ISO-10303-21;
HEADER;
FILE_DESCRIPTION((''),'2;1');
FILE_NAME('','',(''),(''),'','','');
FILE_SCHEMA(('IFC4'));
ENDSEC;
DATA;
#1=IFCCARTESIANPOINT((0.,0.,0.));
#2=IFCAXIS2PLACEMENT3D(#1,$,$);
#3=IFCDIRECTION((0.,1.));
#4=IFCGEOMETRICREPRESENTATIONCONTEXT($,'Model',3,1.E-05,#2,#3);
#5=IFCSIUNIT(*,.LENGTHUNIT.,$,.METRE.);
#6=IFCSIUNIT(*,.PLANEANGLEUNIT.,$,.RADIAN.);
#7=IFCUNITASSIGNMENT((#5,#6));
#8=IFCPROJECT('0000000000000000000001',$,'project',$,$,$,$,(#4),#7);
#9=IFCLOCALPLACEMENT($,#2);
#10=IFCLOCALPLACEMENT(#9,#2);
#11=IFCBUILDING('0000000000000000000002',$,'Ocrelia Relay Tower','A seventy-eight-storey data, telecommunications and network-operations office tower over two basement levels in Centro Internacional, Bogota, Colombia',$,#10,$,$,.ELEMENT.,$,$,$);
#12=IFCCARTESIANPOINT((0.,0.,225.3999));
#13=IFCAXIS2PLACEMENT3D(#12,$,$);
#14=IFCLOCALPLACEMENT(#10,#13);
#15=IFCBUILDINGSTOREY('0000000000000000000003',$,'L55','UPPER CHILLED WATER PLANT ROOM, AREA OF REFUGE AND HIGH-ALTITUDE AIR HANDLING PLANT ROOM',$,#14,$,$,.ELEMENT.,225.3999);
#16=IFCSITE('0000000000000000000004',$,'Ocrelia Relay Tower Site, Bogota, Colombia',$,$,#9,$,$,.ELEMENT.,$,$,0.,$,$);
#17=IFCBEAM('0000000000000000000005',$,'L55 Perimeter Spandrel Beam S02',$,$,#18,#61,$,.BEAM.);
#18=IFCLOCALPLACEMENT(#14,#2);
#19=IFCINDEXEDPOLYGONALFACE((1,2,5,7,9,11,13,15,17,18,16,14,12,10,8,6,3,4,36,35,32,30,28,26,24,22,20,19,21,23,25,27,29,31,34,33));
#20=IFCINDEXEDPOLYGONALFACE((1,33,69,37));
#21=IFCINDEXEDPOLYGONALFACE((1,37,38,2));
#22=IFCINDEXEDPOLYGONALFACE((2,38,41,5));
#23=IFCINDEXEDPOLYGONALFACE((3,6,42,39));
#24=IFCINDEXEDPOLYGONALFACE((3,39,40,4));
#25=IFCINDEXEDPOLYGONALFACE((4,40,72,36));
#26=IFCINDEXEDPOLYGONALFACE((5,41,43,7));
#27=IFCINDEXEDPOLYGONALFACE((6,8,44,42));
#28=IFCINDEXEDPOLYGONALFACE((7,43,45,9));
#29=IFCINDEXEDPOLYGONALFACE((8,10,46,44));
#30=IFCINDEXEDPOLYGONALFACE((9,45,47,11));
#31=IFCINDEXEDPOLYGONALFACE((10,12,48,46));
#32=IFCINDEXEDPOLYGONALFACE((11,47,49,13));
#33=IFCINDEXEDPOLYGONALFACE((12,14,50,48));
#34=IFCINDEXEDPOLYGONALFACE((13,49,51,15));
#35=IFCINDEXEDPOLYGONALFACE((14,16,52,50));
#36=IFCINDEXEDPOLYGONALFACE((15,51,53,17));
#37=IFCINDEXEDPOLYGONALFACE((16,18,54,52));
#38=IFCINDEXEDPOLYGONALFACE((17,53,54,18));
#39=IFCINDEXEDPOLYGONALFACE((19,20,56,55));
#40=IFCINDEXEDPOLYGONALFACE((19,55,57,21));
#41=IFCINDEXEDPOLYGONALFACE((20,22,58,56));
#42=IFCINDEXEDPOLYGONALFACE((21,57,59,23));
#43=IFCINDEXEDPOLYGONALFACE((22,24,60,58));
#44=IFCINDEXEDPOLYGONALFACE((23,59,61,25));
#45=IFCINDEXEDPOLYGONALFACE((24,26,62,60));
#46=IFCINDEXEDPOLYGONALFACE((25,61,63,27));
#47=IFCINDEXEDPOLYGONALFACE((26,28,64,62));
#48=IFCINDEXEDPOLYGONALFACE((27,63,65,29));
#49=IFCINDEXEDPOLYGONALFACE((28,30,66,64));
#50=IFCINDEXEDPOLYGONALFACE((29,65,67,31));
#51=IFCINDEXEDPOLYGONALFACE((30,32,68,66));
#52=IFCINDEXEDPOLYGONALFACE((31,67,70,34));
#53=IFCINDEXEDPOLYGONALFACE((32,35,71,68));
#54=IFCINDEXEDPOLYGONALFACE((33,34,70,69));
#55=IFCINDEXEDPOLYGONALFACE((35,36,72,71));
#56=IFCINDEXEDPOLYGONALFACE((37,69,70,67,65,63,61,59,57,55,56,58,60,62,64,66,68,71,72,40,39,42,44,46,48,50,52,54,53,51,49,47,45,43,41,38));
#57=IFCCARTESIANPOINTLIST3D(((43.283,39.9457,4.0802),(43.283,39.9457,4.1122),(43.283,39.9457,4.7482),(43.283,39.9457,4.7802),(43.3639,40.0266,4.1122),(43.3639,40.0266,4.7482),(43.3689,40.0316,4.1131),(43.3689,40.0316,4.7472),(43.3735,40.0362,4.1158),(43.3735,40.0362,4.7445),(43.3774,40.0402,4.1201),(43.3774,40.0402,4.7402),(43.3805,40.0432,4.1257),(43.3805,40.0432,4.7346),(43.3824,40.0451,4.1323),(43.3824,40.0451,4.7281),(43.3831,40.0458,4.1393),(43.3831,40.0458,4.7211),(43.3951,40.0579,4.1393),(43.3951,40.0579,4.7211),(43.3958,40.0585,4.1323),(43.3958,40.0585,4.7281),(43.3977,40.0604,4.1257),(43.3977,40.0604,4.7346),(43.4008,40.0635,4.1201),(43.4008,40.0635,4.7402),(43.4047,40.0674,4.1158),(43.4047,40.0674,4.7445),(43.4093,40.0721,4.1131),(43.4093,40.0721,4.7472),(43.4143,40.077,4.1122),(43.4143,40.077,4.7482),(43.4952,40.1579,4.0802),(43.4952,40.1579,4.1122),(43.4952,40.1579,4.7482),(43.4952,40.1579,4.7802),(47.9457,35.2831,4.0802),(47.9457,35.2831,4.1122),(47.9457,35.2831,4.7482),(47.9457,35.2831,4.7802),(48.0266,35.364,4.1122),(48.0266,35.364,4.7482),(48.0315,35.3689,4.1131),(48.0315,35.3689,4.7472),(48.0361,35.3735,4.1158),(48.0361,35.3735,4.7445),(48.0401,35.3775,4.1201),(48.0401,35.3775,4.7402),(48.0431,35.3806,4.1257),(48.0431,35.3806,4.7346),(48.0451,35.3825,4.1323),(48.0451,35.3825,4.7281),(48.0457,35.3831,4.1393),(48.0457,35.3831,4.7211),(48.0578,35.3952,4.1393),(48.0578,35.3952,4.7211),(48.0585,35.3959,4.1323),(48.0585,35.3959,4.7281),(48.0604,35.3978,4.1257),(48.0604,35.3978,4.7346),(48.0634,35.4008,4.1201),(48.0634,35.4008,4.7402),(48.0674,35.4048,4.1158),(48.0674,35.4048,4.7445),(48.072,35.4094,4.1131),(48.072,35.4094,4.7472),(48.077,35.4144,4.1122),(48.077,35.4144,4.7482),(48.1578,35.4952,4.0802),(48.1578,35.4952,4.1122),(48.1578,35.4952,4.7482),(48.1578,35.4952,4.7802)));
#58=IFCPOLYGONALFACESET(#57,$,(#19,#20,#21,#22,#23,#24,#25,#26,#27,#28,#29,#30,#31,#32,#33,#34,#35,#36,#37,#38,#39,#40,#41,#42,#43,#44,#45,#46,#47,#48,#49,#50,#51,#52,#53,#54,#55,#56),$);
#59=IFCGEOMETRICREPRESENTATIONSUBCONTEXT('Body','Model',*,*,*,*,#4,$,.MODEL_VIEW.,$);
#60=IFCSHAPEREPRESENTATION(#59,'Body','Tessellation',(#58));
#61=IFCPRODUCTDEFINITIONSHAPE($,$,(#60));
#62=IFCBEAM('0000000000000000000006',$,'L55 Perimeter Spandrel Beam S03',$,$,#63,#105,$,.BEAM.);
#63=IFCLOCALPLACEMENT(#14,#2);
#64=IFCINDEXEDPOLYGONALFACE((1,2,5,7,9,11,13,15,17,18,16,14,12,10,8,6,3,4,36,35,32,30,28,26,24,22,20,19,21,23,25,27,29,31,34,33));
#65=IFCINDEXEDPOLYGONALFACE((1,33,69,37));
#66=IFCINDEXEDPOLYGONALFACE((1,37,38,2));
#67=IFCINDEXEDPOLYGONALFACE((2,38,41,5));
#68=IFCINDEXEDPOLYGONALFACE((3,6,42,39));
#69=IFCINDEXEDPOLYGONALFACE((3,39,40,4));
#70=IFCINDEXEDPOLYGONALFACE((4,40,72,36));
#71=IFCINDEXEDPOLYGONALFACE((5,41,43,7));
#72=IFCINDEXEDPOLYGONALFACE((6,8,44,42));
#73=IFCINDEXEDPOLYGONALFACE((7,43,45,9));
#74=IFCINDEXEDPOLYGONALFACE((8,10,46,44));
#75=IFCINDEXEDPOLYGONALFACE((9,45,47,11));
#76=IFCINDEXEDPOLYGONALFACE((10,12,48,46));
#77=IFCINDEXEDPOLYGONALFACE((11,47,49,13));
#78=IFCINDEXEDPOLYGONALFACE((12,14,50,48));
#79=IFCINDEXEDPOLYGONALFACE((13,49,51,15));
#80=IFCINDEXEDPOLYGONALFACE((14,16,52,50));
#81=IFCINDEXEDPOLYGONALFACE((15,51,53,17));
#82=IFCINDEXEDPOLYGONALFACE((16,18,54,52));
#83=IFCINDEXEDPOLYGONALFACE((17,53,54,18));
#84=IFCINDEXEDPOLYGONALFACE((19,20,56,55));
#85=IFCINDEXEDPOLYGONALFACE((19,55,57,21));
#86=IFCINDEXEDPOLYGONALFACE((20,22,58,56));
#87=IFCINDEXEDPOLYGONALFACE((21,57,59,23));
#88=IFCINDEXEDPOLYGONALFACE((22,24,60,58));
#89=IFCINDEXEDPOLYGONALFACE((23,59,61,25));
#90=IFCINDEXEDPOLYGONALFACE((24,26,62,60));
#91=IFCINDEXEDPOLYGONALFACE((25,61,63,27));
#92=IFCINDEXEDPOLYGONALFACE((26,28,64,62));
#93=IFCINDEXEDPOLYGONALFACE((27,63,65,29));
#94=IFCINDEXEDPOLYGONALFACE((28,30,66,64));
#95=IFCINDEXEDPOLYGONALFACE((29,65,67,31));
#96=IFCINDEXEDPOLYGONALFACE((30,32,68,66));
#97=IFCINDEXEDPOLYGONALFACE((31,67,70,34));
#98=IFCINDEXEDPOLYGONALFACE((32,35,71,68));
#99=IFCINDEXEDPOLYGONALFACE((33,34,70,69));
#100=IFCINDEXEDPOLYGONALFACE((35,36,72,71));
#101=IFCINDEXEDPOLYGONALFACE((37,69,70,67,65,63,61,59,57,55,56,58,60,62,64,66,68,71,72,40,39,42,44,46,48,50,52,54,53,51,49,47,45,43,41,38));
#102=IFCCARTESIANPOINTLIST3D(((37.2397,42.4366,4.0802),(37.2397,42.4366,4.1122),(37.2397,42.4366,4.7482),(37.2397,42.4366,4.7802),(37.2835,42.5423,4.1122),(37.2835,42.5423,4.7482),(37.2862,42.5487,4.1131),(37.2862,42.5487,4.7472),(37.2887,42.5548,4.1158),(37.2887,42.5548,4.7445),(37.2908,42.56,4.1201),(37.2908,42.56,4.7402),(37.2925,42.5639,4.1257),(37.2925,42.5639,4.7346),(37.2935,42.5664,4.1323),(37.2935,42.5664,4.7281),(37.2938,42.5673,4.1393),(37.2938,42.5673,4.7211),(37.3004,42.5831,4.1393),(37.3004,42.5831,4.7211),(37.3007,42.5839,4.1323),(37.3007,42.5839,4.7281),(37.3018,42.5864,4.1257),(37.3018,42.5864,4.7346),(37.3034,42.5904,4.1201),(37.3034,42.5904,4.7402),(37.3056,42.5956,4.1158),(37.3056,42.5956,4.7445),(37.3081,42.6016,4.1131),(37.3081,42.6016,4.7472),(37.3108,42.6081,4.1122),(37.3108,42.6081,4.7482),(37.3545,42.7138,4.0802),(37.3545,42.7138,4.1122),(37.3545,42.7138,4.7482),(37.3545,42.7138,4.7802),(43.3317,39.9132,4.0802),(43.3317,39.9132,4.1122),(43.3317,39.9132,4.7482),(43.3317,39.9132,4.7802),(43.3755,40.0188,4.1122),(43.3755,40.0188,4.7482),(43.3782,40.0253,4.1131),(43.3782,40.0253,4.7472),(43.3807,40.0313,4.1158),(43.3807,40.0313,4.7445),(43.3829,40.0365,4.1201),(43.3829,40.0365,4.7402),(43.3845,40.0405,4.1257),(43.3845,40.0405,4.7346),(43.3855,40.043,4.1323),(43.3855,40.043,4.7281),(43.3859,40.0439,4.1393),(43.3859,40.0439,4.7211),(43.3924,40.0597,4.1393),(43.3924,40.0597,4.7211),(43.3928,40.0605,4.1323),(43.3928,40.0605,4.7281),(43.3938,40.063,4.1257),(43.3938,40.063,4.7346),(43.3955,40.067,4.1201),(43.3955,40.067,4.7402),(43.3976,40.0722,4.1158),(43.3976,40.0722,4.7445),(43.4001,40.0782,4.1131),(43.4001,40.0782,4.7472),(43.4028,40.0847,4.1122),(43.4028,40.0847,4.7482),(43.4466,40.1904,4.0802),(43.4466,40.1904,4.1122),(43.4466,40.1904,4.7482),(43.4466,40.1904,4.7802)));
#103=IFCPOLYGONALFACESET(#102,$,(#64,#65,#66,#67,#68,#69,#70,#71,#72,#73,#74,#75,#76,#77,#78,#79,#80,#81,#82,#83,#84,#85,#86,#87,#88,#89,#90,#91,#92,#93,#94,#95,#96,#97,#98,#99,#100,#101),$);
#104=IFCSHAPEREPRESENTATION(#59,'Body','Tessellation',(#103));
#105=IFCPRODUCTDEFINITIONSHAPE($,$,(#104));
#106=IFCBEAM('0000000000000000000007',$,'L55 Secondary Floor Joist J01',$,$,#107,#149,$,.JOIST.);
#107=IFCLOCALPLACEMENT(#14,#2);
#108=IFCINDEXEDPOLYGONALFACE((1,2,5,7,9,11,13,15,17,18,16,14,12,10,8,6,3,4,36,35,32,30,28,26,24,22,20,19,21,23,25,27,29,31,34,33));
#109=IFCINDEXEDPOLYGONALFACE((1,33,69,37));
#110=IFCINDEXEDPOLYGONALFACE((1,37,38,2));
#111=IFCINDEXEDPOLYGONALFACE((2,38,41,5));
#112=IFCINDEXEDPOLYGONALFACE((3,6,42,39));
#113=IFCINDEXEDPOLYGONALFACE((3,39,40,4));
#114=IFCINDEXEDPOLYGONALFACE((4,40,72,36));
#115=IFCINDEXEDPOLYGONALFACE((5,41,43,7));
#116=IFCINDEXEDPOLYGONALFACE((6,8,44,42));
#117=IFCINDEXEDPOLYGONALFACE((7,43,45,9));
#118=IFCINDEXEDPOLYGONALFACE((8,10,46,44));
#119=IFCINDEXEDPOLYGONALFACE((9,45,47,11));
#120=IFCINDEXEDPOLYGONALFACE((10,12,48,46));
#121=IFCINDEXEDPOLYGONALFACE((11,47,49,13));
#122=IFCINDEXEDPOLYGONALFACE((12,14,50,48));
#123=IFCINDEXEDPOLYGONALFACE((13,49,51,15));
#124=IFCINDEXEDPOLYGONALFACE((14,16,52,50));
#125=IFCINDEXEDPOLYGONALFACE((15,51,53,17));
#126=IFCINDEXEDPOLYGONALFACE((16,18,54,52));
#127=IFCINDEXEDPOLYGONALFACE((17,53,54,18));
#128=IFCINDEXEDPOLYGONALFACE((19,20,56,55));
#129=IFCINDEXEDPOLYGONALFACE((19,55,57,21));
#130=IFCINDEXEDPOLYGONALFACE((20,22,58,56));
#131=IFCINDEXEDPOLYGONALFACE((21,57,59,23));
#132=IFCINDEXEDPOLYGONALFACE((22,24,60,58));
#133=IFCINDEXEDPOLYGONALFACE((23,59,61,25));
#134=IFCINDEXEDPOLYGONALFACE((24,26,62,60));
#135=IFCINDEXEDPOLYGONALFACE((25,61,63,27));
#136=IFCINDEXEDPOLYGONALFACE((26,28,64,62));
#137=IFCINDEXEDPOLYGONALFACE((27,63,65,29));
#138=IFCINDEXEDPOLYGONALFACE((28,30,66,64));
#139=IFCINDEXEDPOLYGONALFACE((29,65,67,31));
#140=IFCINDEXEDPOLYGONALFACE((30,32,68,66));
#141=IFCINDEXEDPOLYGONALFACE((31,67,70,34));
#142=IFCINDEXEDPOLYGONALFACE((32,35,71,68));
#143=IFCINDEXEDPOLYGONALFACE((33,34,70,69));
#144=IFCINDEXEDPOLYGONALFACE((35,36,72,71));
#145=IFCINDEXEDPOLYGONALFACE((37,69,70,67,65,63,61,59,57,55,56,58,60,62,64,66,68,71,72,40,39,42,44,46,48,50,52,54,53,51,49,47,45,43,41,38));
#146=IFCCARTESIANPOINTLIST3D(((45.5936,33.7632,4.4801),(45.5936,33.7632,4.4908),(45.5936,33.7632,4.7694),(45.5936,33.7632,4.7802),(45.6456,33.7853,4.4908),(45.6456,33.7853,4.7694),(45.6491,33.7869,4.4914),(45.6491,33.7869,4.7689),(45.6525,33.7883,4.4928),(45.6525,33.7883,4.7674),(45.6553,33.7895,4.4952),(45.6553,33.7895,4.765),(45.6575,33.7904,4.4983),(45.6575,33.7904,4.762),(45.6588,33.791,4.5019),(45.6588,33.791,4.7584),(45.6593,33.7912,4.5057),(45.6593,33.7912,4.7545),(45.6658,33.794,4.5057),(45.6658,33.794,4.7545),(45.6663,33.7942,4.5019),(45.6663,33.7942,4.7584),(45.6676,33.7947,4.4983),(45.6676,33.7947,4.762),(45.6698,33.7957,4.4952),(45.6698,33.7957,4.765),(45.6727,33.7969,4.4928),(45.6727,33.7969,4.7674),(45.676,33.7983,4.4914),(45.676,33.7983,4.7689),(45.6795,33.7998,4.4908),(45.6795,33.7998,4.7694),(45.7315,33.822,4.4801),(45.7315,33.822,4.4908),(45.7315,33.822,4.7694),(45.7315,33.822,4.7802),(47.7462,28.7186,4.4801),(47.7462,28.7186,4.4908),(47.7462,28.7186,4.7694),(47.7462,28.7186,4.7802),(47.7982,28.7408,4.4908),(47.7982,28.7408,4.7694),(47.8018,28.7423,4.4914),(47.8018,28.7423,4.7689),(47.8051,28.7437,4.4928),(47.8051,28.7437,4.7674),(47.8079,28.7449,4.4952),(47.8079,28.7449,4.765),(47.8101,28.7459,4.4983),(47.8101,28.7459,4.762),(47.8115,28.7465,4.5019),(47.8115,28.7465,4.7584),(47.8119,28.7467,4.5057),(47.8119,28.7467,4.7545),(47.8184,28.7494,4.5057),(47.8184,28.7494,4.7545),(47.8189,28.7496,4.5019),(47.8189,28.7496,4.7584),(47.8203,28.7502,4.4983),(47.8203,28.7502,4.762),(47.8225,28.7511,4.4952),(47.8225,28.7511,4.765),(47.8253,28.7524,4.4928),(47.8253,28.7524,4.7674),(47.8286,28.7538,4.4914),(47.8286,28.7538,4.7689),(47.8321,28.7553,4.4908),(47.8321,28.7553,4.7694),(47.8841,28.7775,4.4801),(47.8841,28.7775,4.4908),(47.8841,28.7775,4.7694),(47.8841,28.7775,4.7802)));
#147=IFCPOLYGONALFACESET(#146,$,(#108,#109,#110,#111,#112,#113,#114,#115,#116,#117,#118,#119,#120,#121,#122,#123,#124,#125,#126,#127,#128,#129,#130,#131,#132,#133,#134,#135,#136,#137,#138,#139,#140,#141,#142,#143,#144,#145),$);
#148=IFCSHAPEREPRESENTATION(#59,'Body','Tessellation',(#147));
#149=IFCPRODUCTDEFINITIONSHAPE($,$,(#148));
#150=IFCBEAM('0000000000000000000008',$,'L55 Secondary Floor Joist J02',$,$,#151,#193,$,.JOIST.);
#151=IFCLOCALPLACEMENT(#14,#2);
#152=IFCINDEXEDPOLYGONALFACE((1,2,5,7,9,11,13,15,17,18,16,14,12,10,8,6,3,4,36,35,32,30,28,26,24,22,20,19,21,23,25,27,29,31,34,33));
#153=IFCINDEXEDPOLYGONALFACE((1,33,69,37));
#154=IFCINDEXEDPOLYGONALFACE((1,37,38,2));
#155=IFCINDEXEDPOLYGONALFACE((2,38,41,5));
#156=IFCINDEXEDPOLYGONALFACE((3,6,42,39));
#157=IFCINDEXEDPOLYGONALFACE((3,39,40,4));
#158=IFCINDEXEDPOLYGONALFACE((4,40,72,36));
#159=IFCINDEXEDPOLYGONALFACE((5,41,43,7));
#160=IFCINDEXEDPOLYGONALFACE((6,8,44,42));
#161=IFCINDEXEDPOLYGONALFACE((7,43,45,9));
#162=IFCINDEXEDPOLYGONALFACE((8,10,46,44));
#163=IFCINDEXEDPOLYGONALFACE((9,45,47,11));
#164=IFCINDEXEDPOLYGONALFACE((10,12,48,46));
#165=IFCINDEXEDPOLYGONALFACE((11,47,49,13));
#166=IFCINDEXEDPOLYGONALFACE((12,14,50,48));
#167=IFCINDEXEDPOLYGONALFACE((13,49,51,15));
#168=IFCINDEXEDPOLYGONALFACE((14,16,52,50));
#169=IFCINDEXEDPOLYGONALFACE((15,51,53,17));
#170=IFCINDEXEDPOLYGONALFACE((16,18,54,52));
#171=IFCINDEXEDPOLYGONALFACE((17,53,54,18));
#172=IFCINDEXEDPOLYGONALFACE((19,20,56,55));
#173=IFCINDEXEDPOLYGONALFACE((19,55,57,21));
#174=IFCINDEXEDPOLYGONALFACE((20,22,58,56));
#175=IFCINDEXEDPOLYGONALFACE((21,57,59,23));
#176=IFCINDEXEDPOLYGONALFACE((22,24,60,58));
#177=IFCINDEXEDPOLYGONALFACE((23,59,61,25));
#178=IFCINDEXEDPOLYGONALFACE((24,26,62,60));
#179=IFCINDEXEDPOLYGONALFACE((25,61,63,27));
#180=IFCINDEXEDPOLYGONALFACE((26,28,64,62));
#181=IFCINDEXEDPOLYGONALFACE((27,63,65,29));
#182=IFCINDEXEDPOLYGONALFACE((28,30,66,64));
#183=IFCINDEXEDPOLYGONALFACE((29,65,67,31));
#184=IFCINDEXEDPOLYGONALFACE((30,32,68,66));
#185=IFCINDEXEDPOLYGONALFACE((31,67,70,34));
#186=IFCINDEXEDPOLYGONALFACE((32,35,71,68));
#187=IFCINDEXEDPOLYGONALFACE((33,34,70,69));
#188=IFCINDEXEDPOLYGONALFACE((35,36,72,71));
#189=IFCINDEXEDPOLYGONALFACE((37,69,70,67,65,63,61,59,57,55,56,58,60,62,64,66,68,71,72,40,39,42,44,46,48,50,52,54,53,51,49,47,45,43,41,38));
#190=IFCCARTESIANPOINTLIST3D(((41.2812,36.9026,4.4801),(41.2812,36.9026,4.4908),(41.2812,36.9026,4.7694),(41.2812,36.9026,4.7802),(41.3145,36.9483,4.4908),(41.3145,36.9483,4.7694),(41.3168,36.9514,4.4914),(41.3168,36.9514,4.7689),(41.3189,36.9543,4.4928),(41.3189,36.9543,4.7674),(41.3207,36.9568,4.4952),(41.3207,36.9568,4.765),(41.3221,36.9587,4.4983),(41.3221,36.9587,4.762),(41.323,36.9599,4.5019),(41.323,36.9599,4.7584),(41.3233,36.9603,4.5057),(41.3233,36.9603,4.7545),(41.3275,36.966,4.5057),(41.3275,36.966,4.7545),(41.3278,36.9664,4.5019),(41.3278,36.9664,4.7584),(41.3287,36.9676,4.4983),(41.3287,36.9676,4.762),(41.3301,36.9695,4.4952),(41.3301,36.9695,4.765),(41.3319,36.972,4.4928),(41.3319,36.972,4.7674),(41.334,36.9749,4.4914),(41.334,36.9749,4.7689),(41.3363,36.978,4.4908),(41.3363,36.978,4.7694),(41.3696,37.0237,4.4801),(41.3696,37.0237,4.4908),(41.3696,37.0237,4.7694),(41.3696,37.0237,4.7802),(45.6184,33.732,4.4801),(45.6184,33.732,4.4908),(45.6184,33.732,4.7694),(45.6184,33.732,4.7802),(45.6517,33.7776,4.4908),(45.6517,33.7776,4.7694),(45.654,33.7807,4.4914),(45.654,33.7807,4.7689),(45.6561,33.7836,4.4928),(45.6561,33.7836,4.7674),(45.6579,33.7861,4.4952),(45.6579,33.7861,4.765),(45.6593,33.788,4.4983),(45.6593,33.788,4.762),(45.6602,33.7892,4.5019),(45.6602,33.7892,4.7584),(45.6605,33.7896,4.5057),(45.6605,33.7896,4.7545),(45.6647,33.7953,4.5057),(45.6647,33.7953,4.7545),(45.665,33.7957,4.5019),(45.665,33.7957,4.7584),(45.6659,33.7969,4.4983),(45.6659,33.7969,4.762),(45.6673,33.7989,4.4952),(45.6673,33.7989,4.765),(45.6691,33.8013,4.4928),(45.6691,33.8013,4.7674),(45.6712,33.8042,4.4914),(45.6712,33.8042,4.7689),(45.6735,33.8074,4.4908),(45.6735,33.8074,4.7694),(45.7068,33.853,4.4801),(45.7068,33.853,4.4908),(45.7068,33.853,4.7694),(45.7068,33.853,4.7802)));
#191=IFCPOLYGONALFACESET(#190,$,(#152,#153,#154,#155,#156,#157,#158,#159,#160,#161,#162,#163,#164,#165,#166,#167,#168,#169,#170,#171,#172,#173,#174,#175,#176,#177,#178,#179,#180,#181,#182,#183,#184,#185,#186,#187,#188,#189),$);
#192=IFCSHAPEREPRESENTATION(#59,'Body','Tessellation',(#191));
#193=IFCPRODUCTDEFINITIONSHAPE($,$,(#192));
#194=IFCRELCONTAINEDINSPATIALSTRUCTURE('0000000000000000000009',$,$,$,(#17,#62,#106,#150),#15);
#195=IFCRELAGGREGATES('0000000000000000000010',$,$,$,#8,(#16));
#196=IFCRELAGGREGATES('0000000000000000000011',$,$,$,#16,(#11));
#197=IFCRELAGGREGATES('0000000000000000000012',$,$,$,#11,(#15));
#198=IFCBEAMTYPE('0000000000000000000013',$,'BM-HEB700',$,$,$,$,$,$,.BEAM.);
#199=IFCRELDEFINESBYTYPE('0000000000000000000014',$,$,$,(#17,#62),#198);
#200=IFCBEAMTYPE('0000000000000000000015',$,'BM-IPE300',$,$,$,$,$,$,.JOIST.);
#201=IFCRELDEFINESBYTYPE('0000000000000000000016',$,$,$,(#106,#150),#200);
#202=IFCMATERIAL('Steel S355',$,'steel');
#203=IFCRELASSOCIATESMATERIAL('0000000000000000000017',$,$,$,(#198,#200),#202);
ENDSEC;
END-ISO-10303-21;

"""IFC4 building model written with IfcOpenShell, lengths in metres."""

from ifc_helpers import new_model, si_unit, direction, frame, origin, origin_2d, place, context, subcontext, project, spatial, i_section, extrude, material, material_profile, profile_set, type_object, element, save


model = new_model("IFC4")

# Units and contexts
model_context = context("Model", 3, precision=1e-05, world=origin(), true_north=direction((0.0, 1.0)))
body_context = subcontext(model_context, "Body", "Model", "MODEL_VIEW")
ifc_project = project(units=[si_unit("LENGTHUNIT", "METRE"), si_unit("PLANEANGLEUNIT", "RADIAN")], contexts=[model_context])

# Site, building, storey
site_placement = place(None, origin())
site = spatial("IfcSite", under=ifc_project, at=site_placement, Name="Ocrelia Relay Tower Site, Bogota, Colombia", CompositionType="ELEMENT", RefElevation=0.0)
building_placement = place(site_placement, origin())
building = spatial("IfcBuilding", under=site, at=building_placement, Name="Ocrelia Relay Tower", Description="A seventy-eight-storey data, telecommunications and network-operations office tower over two basement levels in Centro Internacional, Bogota, Colombia", CompositionType="ELEMENT")
storey_placement = place(building_placement, frame((0.0, 0.0, 225.3999)))
storey = spatial("IfcBuildingStorey", under=building, at=storey_placement, Name="L55", Description="UPPER CHILLED WATER PLANT ROOM, AREA OF REFUGE AND HIGH-ALTITUDE AIR HANDLING PLANT ROOM", CompositionType="ELEMENT", Elevation=225.3999)

# Beams
ifc_material_1 = material(Name="Steel S355", Category="steel")
ifc_material_profile_1 = material_profile(ifc_material_1, i_section(OverallWidth=0.3, OverallDepth=0.7, WebThickness=0.0171, FlangeThickness=0.032, FilletRadius=0.0271, at=origin_2d()), Name="HEB 700")
ifc_profile_set_1 = profile_set([ifc_material_profile_1], Name="Steel S355")
beam_type_1 = type_object("IfcBeamType", Name="BM-HEB700", PredefinedType="BEAM", material=ifc_profile_set_1)
for number, where, z_axis, x_axis, name in (
    (1, (48.0518, 35.3892, 4.4302), (-0.707107, 0.707107, 0.0), (-0.707107, -0.707107, 0.0), "L55 Perimeter Spandrel Beam S02"),
    (2, (43.3892, 40.0518, 4.4302), (-0.923878, 0.382688, 0.0), (-0.382688, -0.923878, 0.0), "L55 Perimeter Spandrel Beam S03"),
):
    element("IfcBeam", number, at=place(storey_placement, frame(where, z_axis=z_axis, x_axis=x_axis)), inside=storey, type_object=beam_type_1, Name=name, PredefinedType="BEAM", context=body_context, shape_type="SweptSolid", body=[
        extrude(i_section(OverallWidth=0.3, OverallDepth=0.7, WebThickness=0.0171, FlangeThickness=0.032, FilletRadius=0.0271, at=origin_2d()), origin(), (0.0, 0.0, 1.0), 6.594),
    ])
ifc_material_profile_2 = material_profile(ifc_material_1, i_section(OverallWidth=0.1499, OverallDepth=0.3, WebThickness=0.0071, FlangeThickness=0.0107, FilletRadius=0.0149, at=origin_2d()), Name="IPE 300")
ifc_profile_set_2 = profile_set([ifc_material_profile_2], Name="Steel S355")
beam_type_2 = type_object("IfcBeamType", Name="BM-IPE300", PredefinedType="JOIST", material=ifc_profile_set_2)
beam_1_placement = place(storey_placement, frame((47.8152, 28.748, 4.6301), z_axis=(-0.392484, 0.919759, 0.0), x_axis=(-0.919759, -0.392484, 0.0)))
element("IfcBeam", 3, at=beam_1_placement, inside=storey, type_object=beam_type_2, Name="L55 Secondary Floor Joist J01", PredefinedType="JOIST", context=body_context, shape_type="SweptSolid", body=[
    extrude(i_section(OverallWidth=0.1499, OverallDepth=0.3, WebThickness=0.0071, FlangeThickness=0.0107, FilletRadius=0.0149, at=origin_2d()), origin(), (0.0, 0.0, 1.0), 5.4846),
])
beam_2_placement = place(storey_placement, frame((45.6626, 33.7925, 4.6301), z_axis=(-0.807285, 0.590161, 0.0), x_axis=(-0.590161, -0.807285, 0.0)))
element("IfcBeam", 4, at=beam_2_placement, inside=storey, type_object=beam_type_2, Name="L55 Secondary Floor Joist J02", PredefinedType="JOIST", context=body_context, shape_type="SweptSolid", body=[
    extrude(i_section(OverallWidth=0.1499, OverallDepth=0.3, WebThickness=0.0071, FlangeThickness=0.0107, FilletRadius=0.0149, at=origin_2d()), origin(), (0.0, 0.0, 1.0), 5.3726),
])

save(model, "model.ifc")
